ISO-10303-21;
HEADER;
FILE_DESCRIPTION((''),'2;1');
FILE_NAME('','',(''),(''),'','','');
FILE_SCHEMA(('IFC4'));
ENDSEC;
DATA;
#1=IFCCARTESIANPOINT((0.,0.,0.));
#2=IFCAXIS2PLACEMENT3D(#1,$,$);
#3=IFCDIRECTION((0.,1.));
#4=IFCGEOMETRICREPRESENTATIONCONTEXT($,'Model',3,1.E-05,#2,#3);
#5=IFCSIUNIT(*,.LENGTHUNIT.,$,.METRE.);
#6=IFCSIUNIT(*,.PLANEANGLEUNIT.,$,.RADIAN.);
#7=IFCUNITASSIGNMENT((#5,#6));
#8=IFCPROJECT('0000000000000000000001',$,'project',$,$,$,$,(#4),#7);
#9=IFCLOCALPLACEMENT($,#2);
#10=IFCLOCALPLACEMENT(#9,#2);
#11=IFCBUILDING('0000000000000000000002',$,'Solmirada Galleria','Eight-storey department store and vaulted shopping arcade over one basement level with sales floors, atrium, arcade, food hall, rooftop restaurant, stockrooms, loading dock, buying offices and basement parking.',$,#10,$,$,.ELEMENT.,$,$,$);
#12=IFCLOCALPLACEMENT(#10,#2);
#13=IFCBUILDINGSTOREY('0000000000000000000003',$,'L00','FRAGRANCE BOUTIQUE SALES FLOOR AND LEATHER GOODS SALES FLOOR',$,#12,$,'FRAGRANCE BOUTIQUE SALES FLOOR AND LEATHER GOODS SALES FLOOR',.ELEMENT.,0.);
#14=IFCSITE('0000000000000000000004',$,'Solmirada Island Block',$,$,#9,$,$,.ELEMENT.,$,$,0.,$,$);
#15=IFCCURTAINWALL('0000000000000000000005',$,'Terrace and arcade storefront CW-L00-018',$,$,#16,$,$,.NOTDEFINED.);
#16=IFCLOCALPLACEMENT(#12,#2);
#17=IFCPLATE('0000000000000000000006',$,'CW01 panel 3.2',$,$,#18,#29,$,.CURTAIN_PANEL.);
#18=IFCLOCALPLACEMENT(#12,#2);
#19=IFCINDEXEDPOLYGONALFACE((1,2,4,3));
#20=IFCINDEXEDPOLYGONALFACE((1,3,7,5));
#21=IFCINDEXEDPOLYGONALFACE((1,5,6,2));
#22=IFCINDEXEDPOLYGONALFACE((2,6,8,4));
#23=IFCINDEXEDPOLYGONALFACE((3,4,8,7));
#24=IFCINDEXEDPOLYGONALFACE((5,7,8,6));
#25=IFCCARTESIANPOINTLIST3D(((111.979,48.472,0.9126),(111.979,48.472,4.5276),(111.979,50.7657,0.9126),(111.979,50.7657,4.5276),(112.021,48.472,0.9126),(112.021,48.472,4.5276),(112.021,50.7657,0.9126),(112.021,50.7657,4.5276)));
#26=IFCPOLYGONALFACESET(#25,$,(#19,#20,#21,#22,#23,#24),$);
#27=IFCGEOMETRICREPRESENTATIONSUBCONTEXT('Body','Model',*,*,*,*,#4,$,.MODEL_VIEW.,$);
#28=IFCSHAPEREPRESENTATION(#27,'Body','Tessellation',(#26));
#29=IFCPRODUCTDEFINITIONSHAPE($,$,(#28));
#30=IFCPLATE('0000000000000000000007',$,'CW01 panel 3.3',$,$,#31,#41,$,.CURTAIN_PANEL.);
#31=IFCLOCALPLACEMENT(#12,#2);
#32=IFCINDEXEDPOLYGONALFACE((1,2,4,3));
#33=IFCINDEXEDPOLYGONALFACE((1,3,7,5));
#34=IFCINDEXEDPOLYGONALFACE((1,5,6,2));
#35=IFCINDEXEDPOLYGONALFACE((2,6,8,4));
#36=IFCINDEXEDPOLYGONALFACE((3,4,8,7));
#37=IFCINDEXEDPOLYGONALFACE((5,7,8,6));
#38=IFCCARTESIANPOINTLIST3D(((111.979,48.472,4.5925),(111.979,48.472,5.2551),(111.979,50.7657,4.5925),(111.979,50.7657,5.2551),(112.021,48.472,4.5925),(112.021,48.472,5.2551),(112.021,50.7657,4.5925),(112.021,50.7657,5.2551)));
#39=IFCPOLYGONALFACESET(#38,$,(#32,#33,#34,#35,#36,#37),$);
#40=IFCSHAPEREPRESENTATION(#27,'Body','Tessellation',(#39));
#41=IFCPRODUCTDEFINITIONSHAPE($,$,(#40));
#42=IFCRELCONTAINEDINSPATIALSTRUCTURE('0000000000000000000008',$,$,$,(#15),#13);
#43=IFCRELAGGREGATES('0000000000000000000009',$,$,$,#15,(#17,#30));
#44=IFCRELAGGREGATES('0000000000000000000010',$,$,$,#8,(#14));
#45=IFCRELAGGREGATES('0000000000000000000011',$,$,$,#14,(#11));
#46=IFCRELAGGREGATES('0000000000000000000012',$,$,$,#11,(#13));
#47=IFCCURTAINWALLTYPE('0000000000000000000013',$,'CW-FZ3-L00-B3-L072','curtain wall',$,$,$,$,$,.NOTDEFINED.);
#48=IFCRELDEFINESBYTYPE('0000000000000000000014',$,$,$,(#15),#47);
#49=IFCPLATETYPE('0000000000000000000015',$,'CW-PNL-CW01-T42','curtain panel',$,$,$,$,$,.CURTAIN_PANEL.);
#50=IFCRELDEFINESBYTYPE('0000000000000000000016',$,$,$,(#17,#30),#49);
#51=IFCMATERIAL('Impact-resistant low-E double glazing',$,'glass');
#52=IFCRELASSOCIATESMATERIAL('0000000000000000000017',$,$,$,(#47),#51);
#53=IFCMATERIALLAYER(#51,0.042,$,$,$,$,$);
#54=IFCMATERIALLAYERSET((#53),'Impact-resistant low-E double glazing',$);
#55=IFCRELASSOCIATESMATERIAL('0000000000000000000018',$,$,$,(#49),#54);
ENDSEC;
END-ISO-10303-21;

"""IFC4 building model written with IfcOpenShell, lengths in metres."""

from ifc_helpers import new_model, si_unit, direction, frame, origin, origin_2d, place, context, subcontext, project, spatial, rectangle, extrude, material, layer, layer_set, type_object, element, aggregate, save


model = new_model("IFC4")

# Units and contexts
model_context = context("Model", 3, precision=1e-05, world=origin(), true_north=direction((0.0, 1.0)))
body_context = subcontext(model_context, "Body", "Model", "MODEL_VIEW")
ifc_project = project(units=[si_unit("LENGTHUNIT", "METRE"), si_unit("PLANEANGLEUNIT", "RADIAN")], contexts=[model_context])

# Site, building, storey
site_placement = place(None, origin())
site = spatial("IfcSite", under=ifc_project, at=site_placement, Name="Solmirada Island Block", CompositionType="ELEMENT", RefElevation=0.0)
building_placement = place(site_placement, origin())
building = spatial("IfcBuilding", under=site, at=building_placement, Name="Solmirada Galleria", Description="Eight-storey department store and vaulted shopping arcade over one basement level with sales floors, atrium, arcade, food hall, rooftop restaurant, stockrooms, loading dock, buying offices and basement parking.", CompositionType="ELEMENT")
storey_placement = place(building_placement, origin())
storey = spatial("IfcBuildingStorey", under=building, at=storey_placement, Name="L00", Description="FRAGRANCE BOUTIQUE SALES FLOOR AND LEATHER GOODS SALES FLOOR", LongName="FRAGRANCE BOUTIQUE SALES FLOOR AND LEATHER GOODS SALES FLOOR", CompositionType="ELEMENT", Elevation=0.0)

# Shared definitions
ifc_material_1 = material(Name="Impact-resistant low-E double glazing", Category="glass")
curtain_wall_type = type_object("IfcCurtainWallType", Name="CW-FZ3-L00-B3-L072", Description="curtain wall", PredefinedType="NOTDEFINED", material=ifc_material_1)

# Curtain wall
curtain_wall_1_placement = place(storey_placement, origin())
curtain_wall_1 = element("IfcCurtainWall", 1, at=curtain_wall_1_placement, inside=storey, type_object=curtain_wall_type, Name="Terrace and arcade storefront CW-L00-018", PredefinedType="NOTDEFINED")

# Plates
ifc_layer = layer(ifc_material_1, 0.042)
ifc_layer_set = layer_set([ifc_layer], Name="Impact-resistant low-E double glazing")
plate_type = type_object("IfcPlateType", Name="CW-PNL-CW01-T42", Description="curtain panel", PredefinedType="CURTAIN_PANEL", material=ifc_layer_set)
plate_1_placement = place(storey_placement, frame((112.0, 49.6189, 0.9126), z_axis=(0.0, 0.0, 1.0), x_axis=(0.0, -1.0, 0.0)))
plate_1 = element("IfcPlate", 2, at=plate_1_placement, type_object=plate_type, Name="CW01 panel 3.2", PredefinedType="CURTAIN_PANEL", context=body_context, shape_type="SweptSolid", body=[
    extrude(rectangle(XDim=2.2937, YDim=0.042, at=origin_2d()), origin(), (0.0, 0.0, 1.0), 3.615),
])
plate_2_placement = place(storey_placement, frame((112.0, 49.6189, 4.5925), z_axis=(0.0, 0.0, 1.0), x_axis=(0.0, -1.0, 0.0)))
plate_2 = element("IfcPlate", 3, at=plate_2_placement, type_object=plate_type, Name="CW01 panel 3.3", PredefinedType="CURTAIN_PANEL", context=body_context, shape_type="SweptSolid", body=[
    extrude(rectangle(XDim=2.2937, YDim=0.042, at=origin_2d()), origin(), (0.0, 0.0, 1.0), 0.6626),
])
aggregate(curtain_wall_1, [plate_1, plate_2])

save(model, "model.ifc")
